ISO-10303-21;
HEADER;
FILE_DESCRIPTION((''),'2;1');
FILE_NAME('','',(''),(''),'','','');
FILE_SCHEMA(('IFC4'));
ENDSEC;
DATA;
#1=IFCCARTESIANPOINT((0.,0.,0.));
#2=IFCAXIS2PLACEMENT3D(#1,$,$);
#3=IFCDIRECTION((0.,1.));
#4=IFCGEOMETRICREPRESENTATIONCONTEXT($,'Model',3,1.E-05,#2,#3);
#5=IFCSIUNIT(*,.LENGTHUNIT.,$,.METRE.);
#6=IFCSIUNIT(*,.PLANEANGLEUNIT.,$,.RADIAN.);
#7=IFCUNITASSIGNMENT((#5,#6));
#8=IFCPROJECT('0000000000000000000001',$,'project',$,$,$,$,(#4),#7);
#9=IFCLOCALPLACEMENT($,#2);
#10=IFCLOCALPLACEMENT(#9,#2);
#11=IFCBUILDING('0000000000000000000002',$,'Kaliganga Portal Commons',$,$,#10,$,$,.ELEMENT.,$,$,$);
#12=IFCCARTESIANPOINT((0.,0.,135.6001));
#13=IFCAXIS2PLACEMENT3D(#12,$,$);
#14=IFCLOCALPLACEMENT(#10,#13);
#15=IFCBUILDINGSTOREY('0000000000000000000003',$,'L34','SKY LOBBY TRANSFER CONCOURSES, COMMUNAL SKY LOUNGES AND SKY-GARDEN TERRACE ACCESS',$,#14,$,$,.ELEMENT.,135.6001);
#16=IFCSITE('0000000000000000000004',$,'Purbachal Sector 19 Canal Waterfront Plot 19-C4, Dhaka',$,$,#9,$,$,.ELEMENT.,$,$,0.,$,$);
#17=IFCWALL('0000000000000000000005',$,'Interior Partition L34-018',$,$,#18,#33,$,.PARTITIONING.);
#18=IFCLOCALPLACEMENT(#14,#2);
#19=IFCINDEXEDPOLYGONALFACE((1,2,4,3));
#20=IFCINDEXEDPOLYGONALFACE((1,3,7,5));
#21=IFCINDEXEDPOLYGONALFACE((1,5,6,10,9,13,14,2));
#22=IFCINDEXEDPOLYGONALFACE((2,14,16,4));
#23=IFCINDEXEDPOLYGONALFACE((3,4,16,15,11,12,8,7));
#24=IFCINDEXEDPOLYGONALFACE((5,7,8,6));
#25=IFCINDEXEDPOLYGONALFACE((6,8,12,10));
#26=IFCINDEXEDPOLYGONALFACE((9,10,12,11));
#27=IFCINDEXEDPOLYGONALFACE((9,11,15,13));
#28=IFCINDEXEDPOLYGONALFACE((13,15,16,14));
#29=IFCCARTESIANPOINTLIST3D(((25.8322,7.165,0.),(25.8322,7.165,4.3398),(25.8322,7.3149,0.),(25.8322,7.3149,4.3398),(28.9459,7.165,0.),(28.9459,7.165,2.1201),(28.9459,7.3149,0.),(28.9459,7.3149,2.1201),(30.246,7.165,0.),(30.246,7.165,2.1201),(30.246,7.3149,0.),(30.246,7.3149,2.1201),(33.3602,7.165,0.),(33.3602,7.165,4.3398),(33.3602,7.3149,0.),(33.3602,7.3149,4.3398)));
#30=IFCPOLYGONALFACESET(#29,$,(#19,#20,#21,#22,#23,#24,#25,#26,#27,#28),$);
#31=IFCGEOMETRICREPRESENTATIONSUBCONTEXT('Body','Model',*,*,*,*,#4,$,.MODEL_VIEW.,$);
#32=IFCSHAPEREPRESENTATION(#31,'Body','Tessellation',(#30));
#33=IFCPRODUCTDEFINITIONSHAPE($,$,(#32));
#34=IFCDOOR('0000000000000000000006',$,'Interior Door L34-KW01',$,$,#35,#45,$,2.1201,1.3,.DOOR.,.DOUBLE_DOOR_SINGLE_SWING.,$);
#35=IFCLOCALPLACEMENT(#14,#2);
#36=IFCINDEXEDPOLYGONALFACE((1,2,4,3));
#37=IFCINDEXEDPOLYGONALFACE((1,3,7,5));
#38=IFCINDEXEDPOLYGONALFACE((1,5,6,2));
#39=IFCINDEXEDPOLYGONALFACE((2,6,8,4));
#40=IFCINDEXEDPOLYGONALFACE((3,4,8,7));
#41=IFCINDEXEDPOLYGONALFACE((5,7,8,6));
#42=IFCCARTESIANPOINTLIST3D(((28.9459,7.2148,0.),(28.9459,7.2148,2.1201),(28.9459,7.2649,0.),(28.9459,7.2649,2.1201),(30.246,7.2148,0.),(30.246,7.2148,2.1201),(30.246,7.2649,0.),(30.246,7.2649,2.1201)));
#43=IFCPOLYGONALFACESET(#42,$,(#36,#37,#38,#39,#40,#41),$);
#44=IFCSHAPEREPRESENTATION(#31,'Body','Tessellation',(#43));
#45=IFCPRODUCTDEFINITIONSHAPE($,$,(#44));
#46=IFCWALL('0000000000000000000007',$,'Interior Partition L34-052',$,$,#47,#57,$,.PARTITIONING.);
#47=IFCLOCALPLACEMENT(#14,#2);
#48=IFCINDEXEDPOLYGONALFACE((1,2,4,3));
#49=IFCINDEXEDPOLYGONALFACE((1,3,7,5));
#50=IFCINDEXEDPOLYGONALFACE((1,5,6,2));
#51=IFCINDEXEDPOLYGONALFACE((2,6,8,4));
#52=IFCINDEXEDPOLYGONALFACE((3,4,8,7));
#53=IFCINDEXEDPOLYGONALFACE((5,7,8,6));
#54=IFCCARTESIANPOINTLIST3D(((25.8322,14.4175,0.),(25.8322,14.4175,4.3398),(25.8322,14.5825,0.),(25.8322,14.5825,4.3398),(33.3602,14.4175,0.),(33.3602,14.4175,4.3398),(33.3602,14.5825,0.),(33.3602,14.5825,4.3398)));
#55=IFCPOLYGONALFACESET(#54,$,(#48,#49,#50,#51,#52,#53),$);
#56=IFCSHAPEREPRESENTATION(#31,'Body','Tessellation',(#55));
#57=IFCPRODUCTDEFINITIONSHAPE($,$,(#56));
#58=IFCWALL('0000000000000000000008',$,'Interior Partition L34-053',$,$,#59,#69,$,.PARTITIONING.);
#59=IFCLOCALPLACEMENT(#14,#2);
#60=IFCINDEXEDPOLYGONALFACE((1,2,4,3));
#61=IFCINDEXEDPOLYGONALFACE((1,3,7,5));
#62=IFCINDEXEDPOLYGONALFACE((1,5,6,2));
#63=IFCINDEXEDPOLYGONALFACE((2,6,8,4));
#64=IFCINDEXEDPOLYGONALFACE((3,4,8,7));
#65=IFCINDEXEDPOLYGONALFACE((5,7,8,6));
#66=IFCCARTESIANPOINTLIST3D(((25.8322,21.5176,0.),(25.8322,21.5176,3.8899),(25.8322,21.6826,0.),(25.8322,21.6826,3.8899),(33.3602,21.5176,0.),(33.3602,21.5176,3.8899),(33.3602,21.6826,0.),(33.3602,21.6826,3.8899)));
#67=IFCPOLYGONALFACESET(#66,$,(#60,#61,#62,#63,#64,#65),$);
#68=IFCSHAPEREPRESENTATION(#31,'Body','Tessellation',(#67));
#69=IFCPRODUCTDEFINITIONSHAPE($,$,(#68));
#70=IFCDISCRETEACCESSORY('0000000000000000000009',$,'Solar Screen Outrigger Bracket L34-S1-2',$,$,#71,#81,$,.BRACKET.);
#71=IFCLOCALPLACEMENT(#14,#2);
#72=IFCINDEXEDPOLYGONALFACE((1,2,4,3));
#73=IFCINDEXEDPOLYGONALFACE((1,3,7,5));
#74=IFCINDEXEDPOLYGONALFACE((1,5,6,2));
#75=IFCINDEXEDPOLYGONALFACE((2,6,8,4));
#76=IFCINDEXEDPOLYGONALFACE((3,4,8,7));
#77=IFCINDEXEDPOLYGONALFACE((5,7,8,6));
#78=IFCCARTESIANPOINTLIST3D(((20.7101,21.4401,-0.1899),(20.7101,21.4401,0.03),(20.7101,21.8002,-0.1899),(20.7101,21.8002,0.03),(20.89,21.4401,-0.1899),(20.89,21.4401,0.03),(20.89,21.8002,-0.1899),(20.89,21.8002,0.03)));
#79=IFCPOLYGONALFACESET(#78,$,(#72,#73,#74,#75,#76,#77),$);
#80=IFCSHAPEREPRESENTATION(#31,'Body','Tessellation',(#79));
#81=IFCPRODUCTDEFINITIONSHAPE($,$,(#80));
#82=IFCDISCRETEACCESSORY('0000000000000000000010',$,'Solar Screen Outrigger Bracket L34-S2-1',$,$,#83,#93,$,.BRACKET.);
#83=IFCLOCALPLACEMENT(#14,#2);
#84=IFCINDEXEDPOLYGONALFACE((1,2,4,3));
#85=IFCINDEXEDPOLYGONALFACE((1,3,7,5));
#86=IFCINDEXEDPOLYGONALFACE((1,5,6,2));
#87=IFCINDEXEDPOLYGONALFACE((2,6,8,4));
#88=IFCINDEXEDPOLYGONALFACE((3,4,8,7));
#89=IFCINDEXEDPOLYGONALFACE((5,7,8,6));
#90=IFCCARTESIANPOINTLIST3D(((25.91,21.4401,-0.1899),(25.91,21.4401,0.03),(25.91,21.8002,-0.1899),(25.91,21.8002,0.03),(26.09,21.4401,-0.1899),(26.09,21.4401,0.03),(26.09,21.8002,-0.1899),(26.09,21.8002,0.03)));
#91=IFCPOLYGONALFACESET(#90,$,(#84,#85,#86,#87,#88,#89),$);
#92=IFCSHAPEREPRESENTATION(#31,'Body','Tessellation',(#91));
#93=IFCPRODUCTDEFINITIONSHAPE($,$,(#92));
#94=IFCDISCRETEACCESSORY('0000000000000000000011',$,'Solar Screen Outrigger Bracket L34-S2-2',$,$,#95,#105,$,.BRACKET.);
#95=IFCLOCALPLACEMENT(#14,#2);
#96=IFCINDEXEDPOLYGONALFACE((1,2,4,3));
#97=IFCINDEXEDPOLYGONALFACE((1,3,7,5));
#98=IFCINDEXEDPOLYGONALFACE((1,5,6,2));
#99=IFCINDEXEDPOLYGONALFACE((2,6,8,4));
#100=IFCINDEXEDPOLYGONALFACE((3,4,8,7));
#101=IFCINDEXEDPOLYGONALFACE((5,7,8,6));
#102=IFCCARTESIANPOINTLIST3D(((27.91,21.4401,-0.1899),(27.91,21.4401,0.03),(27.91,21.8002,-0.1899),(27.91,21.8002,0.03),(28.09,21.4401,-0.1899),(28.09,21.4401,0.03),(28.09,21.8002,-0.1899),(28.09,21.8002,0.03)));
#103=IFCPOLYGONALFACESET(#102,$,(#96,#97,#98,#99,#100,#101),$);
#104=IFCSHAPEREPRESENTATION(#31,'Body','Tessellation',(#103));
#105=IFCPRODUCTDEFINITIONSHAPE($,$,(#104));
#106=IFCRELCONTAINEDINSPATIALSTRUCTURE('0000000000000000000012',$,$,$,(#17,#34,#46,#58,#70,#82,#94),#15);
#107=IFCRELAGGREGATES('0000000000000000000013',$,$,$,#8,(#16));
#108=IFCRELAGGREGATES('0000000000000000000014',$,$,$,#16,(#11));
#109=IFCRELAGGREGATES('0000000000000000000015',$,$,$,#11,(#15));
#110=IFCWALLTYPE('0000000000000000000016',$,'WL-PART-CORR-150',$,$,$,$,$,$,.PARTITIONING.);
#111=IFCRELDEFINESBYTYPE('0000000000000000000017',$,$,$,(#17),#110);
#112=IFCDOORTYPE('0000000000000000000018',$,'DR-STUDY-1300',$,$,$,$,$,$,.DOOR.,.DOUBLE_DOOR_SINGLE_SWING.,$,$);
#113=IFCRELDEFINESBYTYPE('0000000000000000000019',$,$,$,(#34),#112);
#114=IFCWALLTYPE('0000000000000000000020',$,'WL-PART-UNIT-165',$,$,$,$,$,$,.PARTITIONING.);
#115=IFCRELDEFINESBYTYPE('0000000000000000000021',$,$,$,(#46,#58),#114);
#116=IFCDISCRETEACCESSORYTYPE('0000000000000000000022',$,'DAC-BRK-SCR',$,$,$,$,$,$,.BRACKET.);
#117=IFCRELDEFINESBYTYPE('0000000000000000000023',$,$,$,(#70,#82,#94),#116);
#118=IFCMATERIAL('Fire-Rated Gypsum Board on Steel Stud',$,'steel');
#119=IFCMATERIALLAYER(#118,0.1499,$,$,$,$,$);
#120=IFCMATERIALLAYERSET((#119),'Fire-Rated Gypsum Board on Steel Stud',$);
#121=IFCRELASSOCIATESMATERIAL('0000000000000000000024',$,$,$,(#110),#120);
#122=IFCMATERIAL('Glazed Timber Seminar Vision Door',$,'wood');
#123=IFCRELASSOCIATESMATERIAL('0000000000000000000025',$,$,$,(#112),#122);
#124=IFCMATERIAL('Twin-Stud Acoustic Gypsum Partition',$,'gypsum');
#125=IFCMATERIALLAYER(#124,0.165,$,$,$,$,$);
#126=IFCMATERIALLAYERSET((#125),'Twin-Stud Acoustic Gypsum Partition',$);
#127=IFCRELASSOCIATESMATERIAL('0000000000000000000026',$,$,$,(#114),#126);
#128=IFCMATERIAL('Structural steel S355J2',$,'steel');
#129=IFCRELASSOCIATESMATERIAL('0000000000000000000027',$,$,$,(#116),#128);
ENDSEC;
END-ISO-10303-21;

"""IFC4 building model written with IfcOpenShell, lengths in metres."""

from ifc_helpers import new_model, si_unit, direction, frame, frame_2d, origin, origin_2d, place, context, subcontext, project, spatial, rectangle, extrude, source, transform, mapped, material, layer, layer_set, type_object, element, fill, save


model = new_model("IFC4")

# Units and contexts
model_context = context("Model", 3, precision=1e-05, world=origin(), true_north=direction((0.0, 1.0)))
body_context = subcontext(model_context, "Body", "Model", "MODEL_VIEW")
ifc_project = project(units=[si_unit("LENGTHUNIT", "METRE"), si_unit("PLANEANGLEUNIT", "RADIAN")], contexts=[model_context])

# Site, building, storey
site_placement = place(None, origin())
site = spatial("IfcSite", under=ifc_project, at=site_placement, Name="Purbachal Sector 19 Canal Waterfront Plot 19-C4, Dhaka", CompositionType="ELEMENT", RefElevation=0.0)
building_placement = place(site_placement, origin())
building = spatial("IfcBuilding", under=site, at=building_placement, Name="Kaliganga Portal Commons", CompositionType="ELEMENT")
storey_placement = place(building_placement, frame((0.0, 0.0, 135.6001)))
storey = spatial("IfcBuildingStorey", under=building, at=storey_placement, Name="L34", Description="SKY LOBBY TRANSFER CONCOURSES, COMMUNAL SKY LOUNGES AND SKY-GARDEN TERRACE ACCESS", CompositionType="ELEMENT", Elevation=135.6001)

# Shared definitions
ifc_material_1 = material(Name="Structural steel S355J2", Category="steel")

# Wall, opening, door
ifc_material_2 = material(Name="Fire-Rated Gypsum Board on Steel Stud", Category="steel")
ifc_layer_1 = layer(ifc_material_2, 0.1499)
ifc_layer_set_1 = layer_set([ifc_layer_1], Name="Fire-Rated Gypsum Board on Steel Stud")
wall_type_1 = type_object("IfcWallType", Name="WL-PART-CORR-150", PredefinedType="PARTITIONING", material=ifc_layer_set_1)
ifc_material_3 = material(Name="Glazed Timber Seminar Vision Door", Category="wood")
door_type = type_object("IfcDoorType", Name="DR-STUDY-1300", OperationType="DOUBLE_DOOR_SINGLE_SWING", PredefinedType="DOOR", material=ifc_material_3)
wall_1_placement = place(storey_placement, frame((25.832, 7.24, 0.0), z_axis=(0.0, 0.0, 1.0), x_axis=(1.0, 0.0, 0.0)))
wall_1 = element("IfcWall", 1, at=wall_1_placement, inside=storey, type_object=wall_type_1, Name="Interior Partition L34-018", PredefinedType="PARTITIONING", context=body_context, shape_type="SweptSolid", body=[
    extrude(rectangle(XDim=7.5281, YDim=0.1499, at=frame_2d((3.7642, 0.0))), origin(), (0.0, 0.0, 1.0), 4.3398),
])
opening_1_placement = place(wall_1_placement, frame((3.114, 0.0, 0.0)))
opening_1 = element("IfcOpeningElement", 2, at=opening_1_placement, cuts=wall_1, PredefinedType="OPENING", context=body_context, shape_type="SweptSolid", body=[
    extrude(rectangle(XDim=1.3, YDim=2.1201, at=frame_2d((0.6499, 1.0601))), frame((0.0, 0.085, 0.0), z_axis=(0.0, -1.0, 0.0), x_axis=(1.0, 0.0, 0.0)), (0.0, 0.0, 1.0), 0.1699),
])
door_1_placement = place(opening_1_placement, origin())
door_1 = element("IfcDoor", 3, at=door_1_placement, inside=storey, type_object=door_type, Name="Interior Door L34-KW01", OperationType="DOUBLE_DOOR_SINGLE_SWING", OverallHeight=2.1201, OverallWidth=1.3, PredefinedType="DOOR", context=body_context, shape_type="SweptSolid", body=[
    extrude(rectangle(XDim=1.3, YDim=2.1201, at=frame_2d((0.6499, 1.0601))), frame((0.0, 0.0249, 0.0), z_axis=(0.0, -1.0, 0.0), x_axis=(1.0, 0.0, 0.0)), (0.0, 0.0, 1.0), 0.05),
])
fill(opening_1, door_1)

# Walls
ifc_material_4 = material(Name="Twin-Stud Acoustic Gypsum Partition", Category="gypsum")
ifc_layer_2 = layer(ifc_material_4, 0.165)
ifc_layer_set_2 = layer_set([ifc_layer_2], Name="Twin-Stud Acoustic Gypsum Partition")
wall_type_2 = type_object("IfcWallType", Name="WL-PART-UNIT-165", PredefinedType="PARTITIONING", material=ifc_layer_set_2)
wall_2_placement = place(storey_placement, frame((25.832, 14.5, 0.0), z_axis=(0.0, 0.0, 1.0), x_axis=(1.0, 0.0, 0.0)))
element("IfcWall", 4, at=wall_2_placement, inside=storey, type_object=wall_type_2, Name="Interior Partition L34-052", PredefinedType="PARTITIONING", context=body_context, shape_type="SweptSolid", body=[
    extrude(rectangle(XDim=7.5281, YDim=0.165, at=frame_2d((3.7642, 0.0))), origin(), (0.0, 0.0, 1.0), 4.3398),
])
wall_3_placement = place(storey_placement, frame((25.832, 21.6001, 0.0), z_axis=(0.0, 0.0, 1.0), x_axis=(1.0, 0.0, 0.0)))
element("IfcWall", 5, at=wall_3_placement, inside=storey, type_object=wall_type_2, Name="Interior Partition L34-053", PredefinedType="PARTITIONING", context=body_context, shape_type="SweptSolid", body=[
    extrude(rectangle(XDim=7.5281, YDim=0.165, at=frame_2d((3.7642, 0.0))), origin(), (0.0, 0.0, 1.0), 3.8899),
])

# Discrete accessories
discrete_accessory_type = type_object("IfcDiscreteAccessoryType", Name="DAC-BRK-SCR", PredefinedType="BRACKET", material=ifc_material_1)
shared_shape_1 = source(origin(), body_context, "Body", "SweptSolid", [
    extrude(rectangle(XDim=0.1799, YDim=0.3601, at=origin_2d()), origin(), (0.0, 0.0, 1.0), 0.22),
])
for number, where, z_axis, x_axis, name in (
    (6, (20.8, 21.6201, -0.1899), (0.0, 0.0, 1.0), (1.0, 0.0, 0.0), "Solar Screen Outrigger Bracket L34-S1-2"),
    (7, (26.0, 21.6201, -0.1899), (0.0, 0.0, 1.0), (1.0, 0.0, 0.0), "Solar Screen Outrigger Bracket L34-S2-1"),
    (8, (28.0, 21.6201, -0.1899), (0.0, 0.0, 1.0), (1.0, 0.0, 0.0), "Solar Screen Outrigger Bracket L34-S2-2"),
):
    element("IfcDiscreteAccessory", number, at=place(storey_placement, frame(where, z_axis=z_axis, x_axis=x_axis)), inside=storey, type_object=discrete_accessory_type, Name=name, PredefinedType="BRACKET", context=body_context, shape_type="MappedRepresentation", body=[
        mapped(shared_shape_1, transform((0.0, 0.0, 0.0), x_axis=(1.0, 0.0, 0.0), y_axis=(0.0, 1.0, 0.0), z_axis=(0.0, 0.0, 1.0), scale=1.0)),
    ])

save(model, "model.ifc")
